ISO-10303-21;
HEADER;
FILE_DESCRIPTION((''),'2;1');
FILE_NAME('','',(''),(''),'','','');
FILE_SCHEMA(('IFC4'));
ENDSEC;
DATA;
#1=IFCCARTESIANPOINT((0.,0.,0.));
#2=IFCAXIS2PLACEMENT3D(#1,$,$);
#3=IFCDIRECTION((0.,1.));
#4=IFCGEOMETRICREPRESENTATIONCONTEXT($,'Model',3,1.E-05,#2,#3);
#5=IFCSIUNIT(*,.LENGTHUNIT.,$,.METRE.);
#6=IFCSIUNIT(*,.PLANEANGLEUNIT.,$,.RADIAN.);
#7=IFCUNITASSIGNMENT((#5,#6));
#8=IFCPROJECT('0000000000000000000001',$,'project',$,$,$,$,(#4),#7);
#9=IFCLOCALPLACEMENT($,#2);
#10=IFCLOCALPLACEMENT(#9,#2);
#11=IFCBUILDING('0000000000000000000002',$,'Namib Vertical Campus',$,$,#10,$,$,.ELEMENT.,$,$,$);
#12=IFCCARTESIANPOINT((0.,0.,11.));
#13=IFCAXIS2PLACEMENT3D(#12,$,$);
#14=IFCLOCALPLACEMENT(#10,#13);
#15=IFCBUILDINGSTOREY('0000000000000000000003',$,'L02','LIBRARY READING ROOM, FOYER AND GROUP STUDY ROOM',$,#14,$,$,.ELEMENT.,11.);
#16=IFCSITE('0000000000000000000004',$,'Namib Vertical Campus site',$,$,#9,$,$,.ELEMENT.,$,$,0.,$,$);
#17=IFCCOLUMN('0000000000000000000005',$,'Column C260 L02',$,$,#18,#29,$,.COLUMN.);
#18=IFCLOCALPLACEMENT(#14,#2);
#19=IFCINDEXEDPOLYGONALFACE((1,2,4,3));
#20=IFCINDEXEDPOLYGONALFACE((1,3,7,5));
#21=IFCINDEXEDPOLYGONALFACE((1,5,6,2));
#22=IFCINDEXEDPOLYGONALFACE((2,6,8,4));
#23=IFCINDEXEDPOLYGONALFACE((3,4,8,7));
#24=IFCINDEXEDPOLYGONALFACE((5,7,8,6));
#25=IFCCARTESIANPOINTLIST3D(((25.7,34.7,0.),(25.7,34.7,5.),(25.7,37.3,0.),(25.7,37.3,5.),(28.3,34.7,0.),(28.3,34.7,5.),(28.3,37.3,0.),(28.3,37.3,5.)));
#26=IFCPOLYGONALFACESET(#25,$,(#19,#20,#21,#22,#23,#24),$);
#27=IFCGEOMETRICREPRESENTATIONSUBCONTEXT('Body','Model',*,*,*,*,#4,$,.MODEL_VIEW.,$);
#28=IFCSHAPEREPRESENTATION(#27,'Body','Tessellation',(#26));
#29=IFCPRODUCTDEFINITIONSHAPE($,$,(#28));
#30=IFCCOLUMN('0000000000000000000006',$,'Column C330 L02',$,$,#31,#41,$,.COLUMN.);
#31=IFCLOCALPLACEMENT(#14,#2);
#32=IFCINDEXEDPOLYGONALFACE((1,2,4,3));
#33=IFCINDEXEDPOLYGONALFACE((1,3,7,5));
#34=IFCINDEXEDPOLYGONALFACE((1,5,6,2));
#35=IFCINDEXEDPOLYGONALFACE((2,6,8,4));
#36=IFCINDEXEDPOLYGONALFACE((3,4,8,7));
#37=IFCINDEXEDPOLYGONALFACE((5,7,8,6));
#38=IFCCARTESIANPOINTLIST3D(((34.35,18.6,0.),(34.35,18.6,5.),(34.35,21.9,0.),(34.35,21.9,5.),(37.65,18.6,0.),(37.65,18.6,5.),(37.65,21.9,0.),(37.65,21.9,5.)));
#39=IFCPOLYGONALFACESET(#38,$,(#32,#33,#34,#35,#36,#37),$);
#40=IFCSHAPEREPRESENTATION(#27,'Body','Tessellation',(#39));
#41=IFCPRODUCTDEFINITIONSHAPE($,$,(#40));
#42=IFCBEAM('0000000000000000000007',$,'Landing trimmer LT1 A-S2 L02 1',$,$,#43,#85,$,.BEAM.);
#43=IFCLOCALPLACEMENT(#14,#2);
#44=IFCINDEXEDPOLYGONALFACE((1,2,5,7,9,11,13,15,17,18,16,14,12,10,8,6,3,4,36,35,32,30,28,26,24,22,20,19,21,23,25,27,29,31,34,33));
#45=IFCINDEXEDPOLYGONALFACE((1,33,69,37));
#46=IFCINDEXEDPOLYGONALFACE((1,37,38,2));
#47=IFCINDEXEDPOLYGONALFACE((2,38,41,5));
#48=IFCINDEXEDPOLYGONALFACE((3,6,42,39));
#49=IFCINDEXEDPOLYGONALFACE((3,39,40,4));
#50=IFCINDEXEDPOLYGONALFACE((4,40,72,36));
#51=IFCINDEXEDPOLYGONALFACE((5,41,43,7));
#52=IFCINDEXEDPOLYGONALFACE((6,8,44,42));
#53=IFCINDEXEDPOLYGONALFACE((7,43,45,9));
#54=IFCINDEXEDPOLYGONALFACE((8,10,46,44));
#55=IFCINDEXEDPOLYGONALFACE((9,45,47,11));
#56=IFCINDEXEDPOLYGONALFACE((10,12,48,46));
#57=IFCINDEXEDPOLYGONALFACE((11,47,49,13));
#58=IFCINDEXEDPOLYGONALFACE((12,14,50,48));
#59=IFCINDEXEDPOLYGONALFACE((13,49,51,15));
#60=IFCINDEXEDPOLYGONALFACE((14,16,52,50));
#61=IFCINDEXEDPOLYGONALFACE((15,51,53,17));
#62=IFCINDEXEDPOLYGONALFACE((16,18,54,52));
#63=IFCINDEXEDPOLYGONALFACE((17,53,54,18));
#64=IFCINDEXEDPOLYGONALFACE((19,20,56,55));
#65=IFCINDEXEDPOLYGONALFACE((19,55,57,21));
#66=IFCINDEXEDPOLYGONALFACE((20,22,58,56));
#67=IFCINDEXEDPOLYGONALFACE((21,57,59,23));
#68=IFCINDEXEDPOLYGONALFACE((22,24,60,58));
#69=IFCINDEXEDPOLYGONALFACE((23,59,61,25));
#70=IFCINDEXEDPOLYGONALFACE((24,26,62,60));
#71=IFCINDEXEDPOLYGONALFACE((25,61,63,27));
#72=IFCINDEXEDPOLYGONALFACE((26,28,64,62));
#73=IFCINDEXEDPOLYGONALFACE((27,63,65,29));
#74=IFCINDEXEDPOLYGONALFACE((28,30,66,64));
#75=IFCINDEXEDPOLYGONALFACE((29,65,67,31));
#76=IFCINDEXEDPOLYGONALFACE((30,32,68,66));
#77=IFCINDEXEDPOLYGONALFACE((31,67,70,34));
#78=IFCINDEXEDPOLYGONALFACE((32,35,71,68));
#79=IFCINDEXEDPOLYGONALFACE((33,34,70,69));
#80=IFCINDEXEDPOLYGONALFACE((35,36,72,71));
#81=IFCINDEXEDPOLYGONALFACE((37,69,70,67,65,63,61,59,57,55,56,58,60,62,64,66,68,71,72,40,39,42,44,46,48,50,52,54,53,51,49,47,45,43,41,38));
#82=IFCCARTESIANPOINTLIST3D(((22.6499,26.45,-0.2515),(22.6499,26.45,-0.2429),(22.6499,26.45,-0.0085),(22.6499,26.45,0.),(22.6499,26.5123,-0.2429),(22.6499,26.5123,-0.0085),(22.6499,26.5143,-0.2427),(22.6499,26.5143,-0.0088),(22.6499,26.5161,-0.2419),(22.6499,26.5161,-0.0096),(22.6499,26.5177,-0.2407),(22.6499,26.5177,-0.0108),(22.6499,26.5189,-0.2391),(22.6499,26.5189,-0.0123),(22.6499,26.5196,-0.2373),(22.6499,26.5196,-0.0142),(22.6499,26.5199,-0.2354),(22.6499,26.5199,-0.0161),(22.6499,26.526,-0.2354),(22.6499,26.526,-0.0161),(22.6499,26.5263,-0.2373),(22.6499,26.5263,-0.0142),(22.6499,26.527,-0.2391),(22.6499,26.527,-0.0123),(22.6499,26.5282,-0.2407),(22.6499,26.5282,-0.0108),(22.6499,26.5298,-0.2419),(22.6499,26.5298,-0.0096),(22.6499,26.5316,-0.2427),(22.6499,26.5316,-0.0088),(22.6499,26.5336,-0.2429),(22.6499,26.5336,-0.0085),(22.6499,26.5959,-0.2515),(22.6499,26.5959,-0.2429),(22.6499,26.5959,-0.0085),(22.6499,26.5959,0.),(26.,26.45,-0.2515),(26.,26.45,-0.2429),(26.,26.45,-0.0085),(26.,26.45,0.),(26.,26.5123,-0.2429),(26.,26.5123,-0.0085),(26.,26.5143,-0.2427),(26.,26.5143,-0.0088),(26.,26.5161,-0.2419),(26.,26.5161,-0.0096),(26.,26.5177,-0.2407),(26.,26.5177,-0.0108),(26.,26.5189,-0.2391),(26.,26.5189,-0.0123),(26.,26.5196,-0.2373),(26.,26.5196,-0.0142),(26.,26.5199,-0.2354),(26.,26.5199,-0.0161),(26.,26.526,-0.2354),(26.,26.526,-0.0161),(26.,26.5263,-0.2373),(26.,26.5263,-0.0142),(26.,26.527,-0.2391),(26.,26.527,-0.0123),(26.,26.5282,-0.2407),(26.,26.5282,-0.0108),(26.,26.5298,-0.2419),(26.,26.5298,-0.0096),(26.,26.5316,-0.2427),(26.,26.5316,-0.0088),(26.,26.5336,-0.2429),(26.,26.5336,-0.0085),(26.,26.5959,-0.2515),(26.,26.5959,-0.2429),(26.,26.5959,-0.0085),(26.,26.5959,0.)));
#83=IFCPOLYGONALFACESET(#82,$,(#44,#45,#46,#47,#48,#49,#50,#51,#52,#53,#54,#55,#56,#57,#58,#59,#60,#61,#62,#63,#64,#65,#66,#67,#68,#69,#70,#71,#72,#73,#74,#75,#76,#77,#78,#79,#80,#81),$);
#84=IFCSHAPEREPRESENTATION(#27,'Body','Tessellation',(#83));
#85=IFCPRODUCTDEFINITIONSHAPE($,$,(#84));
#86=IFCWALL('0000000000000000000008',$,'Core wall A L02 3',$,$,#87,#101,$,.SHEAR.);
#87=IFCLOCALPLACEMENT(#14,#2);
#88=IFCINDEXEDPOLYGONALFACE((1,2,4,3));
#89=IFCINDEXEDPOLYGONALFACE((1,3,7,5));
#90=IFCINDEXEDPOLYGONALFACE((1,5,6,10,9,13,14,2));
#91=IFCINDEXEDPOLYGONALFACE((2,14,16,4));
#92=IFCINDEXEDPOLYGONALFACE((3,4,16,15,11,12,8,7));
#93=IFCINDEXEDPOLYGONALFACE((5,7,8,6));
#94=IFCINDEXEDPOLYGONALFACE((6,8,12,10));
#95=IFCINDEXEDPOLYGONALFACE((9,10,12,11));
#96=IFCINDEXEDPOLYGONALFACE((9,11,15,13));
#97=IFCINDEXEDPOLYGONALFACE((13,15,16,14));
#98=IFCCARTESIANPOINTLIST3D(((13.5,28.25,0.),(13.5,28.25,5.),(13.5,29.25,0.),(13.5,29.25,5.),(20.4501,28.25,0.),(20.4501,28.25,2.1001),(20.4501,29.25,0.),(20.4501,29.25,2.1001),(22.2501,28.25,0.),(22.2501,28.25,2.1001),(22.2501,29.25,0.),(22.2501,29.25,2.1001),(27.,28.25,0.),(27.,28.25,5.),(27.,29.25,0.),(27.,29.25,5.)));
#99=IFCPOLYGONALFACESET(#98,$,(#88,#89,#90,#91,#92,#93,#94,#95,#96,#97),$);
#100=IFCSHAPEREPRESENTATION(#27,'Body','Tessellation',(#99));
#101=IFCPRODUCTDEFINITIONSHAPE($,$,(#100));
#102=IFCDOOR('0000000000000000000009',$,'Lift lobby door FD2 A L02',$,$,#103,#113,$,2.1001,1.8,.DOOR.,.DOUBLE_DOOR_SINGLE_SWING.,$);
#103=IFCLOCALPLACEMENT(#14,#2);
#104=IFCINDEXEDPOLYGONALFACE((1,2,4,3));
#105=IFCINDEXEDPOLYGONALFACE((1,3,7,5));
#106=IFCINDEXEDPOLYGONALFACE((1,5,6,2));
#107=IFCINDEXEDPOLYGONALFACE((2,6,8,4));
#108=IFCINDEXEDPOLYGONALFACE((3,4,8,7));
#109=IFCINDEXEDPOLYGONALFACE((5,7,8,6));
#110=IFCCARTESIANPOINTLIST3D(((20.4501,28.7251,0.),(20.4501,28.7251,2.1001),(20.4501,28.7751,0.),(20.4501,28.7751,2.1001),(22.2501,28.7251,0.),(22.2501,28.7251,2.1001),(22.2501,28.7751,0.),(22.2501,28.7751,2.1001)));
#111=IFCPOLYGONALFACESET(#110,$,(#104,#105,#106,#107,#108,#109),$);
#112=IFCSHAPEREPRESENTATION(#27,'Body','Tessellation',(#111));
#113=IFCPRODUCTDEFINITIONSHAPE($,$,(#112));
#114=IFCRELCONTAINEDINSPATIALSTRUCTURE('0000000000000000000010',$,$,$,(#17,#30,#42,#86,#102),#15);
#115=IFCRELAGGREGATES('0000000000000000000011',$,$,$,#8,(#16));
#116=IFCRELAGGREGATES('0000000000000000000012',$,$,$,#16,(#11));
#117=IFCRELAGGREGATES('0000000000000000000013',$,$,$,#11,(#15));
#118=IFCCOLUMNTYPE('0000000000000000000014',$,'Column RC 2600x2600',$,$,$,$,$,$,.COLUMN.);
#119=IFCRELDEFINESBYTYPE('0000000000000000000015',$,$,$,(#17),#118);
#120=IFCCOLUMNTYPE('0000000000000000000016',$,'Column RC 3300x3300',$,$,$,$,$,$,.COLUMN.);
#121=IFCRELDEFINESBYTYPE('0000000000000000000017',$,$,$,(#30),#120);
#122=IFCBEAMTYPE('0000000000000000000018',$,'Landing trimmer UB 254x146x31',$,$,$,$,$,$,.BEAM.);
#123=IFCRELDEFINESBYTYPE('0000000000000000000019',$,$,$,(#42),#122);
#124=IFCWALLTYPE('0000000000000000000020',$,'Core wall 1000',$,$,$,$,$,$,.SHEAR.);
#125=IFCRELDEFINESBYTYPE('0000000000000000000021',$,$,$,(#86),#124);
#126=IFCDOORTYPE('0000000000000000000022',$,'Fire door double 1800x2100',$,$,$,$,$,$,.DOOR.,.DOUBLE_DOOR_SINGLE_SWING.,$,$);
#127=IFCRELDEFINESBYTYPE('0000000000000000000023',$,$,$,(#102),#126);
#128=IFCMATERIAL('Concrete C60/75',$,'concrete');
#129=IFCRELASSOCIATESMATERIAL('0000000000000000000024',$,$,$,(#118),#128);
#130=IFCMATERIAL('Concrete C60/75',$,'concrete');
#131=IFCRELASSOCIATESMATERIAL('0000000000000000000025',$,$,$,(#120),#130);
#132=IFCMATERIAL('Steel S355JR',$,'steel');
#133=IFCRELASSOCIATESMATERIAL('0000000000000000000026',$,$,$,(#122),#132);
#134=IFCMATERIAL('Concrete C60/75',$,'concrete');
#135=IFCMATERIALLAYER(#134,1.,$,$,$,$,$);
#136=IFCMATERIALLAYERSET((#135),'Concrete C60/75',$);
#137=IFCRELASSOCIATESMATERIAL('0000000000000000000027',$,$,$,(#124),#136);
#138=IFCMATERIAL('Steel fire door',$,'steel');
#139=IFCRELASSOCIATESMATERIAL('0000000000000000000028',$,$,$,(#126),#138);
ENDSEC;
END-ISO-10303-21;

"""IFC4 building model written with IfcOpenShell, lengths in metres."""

from ifc_helpers import new_model, si_unit, direction, frame, frame_2d, origin, origin_2d, place, context, subcontext, project, spatial, rectangle, i_section, extrude, material, layer, layer_set, material_profile, profile_set, type_object, element, fill, save


model = new_model("IFC4")

# Units and contexts
model_context = context("Model", 3, precision=1e-05, world=origin(), true_north=direction((0.0, 1.0)))
body_context = subcontext(model_context, "Body", "Model", "MODEL_VIEW")
ifc_project = project(units=[si_unit("LENGTHUNIT", "METRE"), si_unit("PLANEANGLEUNIT", "RADIAN")], contexts=[model_context])

# Site, building, storey
site_placement = place(None, origin())
site = spatial("IfcSite", under=ifc_project, at=site_placement, Name="Namib Vertical Campus site", CompositionType="ELEMENT", RefElevation=0.0)
building_placement = place(site_placement, origin())
building = spatial("IfcBuilding", under=site, at=building_placement, Name="Namib Vertical Campus", CompositionType="ELEMENT")
storey_placement = place(building_placement, frame((0.0, 0.0, 11.0)))
storey = spatial("IfcBuildingStorey", under=building, at=storey_placement, Name="L02", Description="LIBRARY READING ROOM, FOYER AND GROUP STUDY ROOM", CompositionType="ELEMENT", Elevation=11.0)

# Columns
ifc_material_1 = material(Name="Concrete C60/75", Category="concrete")
ifc_material_profile_1 = material_profile(ifc_material_1, rectangle(XDim=2.6001, YDim=2.6001, at=origin_2d()))
ifc_profile_set_1 = profile_set([ifc_material_profile_1], Name="Concrete C60/75")
column_type_1 = type_object("IfcColumnType", Name="Column RC 2600x2600", PredefinedType="COLUMN", material=ifc_profile_set_1)
column_1_placement = place(storey_placement, frame((27.0, 36.0, 0.0), z_axis=(0.0, 0.0, 1.0), x_axis=(1.0, 0.0, 0.0)))
element("IfcColumn", 1, at=column_1_placement, inside=storey, type_object=column_type_1, Name="Column C260 L02", PredefinedType="COLUMN", context=body_context, shape_type="SweptSolid", body=[
    extrude(rectangle(XDim=2.6001, YDim=2.6001, at=origin_2d()), origin(), (0.0, 0.0, 1.0), 5.0),
])
ifc_material_2 = material(Name="Concrete C60/75", Category="concrete")
ifc_material_profile_2 = material_profile(ifc_material_2, rectangle(XDim=3.3, YDim=3.3, at=origin_2d()))
ifc_profile_set_2 = profile_set([ifc_material_profile_2], Name="Concrete C60/75")
column_type_2 = type_object("IfcColumnType", Name="Column RC 3300x3300", PredefinedType="COLUMN", material=ifc_profile_set_2)
column_2_placement = place(storey_placement, frame((36.0, 20.25, 0.0), z_axis=(0.0, 0.0, 1.0), x_axis=(1.0, 0.0, 0.0)))
element("IfcColumn", 2, at=column_2_placement, inside=storey, type_object=column_type_2, Name="Column C330 L02", PredefinedType="COLUMN", context=body_context, shape_type="SweptSolid", body=[
    extrude(rectangle(XDim=3.3, YDim=3.3, at=origin_2d()), origin(), (0.0, 0.0, 1.0), 5.0),
])

# Beam
ifc_material_3 = material(Name="Steel S355JR", Category="steel")
ifc_material_profile_3 = material_profile(ifc_material_3, i_section(OverallWidth=0.146, OverallDepth=0.2515, WebThickness=0.0061, FlangeThickness=0.0085, FilletRadius=0.0076, at=origin_2d()))
ifc_profile_set_3 = profile_set([ifc_material_profile_3], Name="Steel S355JR")
beam_type = type_object("IfcBeamType", Name="Landing trimmer UB 254x146x31", PredefinedType="BEAM", material=ifc_profile_set_3)
beam_placement = place(storey_placement, frame((22.6499, 26.5229, -0.1257), z_axis=(1.0, 0.0, 0.0), x_axis=(0.0, 1.0, 0.0)))
element("IfcBeam", 3, at=beam_placement, inside=storey, type_object=beam_type, Name="Landing trimmer LT1 A-S2 L02 1", PredefinedType="BEAM", context=body_context, shape_type="SweptSolid", body=[
    extrude(i_section(OverallWidth=0.146, OverallDepth=0.2515, WebThickness=0.0061, FlangeThickness=0.0085, FilletRadius=0.0076, at=origin_2d()), origin(), (0.0, 0.0, 1.0), 3.3501),
])

# Wall, opening, door
ifc_material_4 = material(Name="Concrete C60/75", Category="concrete")
ifc_layer_1 = layer(ifc_material_4, 1.0)
ifc_layer_set_1 = layer_set([ifc_layer_1], Name="Concrete C60/75")
wall_type_1 = type_object("IfcWallType", Name="Core wall 1000", PredefinedType="SHEAR", material=ifc_layer_set_1)
wall_1_placement = place(storey_placement, frame((27.0, 28.75, 0.0), z_axis=(0.0, 0.0, 1.0), x_axis=(-1.0, 0.0, 0.0)))
wall_1 = element("IfcWall", 4, at=wall_1_placement, inside=storey, type_object=wall_type_1, Name="Core wall A L02 3", PredefinedType="SHEAR", context=body_context, shape_type="SweptSolid", body=[
    extrude(rectangle(XDim=13.5, YDim=1.0, at=frame_2d((6.75, 0.0))), origin(), (0.0, 0.0, 1.0), 5.0),
])
opening_1_placement = place(wall_1_placement, frame((4.75, 0.0, 0.0)))
opening_1 = element("IfcOpeningElement", 5, at=opening_1_placement, cuts=wall_1, PredefinedType="OPENING", context=body_context, shape_type="SweptSolid", body=[
    extrude(rectangle(XDim=1.8, YDim=2.1001, at=frame_2d((0.8999, 1.05))), frame((0.0, 0.51, 0.0), z_axis=(0.0, -1.0, 0.0), x_axis=(1.0, 0.0, 0.0)), (0.0, 0.0, 1.0), 1.02),
])
ifc_material_5 = material(Name="Steel fire door", Category="steel")
door_type_1 = type_object("IfcDoorType", Name="Fire door double 1800x2100", OperationType="DOUBLE_DOOR_SINGLE_SWING", PredefinedType="DOOR", material=ifc_material_5)
door_1_placement = place(opening_1_placement, origin())
door_1 = element("IfcDoor", 6, at=door_1_placement, inside=storey, type_object=door_type_1, Name="Lift lobby door FD2 A L02", OperationType="DOUBLE_DOOR_SINGLE_SWING", OverallHeight=2.1001, OverallWidth=1.8, PredefinedType="DOOR", context=body_context, shape_type="SweptSolid", body=[
    extrude(rectangle(XDim=1.8, YDim=2.1001, at=frame_2d((0.8999, 1.05))), frame((0.0, 0.0249, 0.0), z_axis=(0.0, -1.0, 0.0), x_axis=(1.0, 0.0, 0.0)), (0.0, 0.0, 1.0), 0.05),
])
fill(opening_1, door_1)

save(model, "model.ifc")
